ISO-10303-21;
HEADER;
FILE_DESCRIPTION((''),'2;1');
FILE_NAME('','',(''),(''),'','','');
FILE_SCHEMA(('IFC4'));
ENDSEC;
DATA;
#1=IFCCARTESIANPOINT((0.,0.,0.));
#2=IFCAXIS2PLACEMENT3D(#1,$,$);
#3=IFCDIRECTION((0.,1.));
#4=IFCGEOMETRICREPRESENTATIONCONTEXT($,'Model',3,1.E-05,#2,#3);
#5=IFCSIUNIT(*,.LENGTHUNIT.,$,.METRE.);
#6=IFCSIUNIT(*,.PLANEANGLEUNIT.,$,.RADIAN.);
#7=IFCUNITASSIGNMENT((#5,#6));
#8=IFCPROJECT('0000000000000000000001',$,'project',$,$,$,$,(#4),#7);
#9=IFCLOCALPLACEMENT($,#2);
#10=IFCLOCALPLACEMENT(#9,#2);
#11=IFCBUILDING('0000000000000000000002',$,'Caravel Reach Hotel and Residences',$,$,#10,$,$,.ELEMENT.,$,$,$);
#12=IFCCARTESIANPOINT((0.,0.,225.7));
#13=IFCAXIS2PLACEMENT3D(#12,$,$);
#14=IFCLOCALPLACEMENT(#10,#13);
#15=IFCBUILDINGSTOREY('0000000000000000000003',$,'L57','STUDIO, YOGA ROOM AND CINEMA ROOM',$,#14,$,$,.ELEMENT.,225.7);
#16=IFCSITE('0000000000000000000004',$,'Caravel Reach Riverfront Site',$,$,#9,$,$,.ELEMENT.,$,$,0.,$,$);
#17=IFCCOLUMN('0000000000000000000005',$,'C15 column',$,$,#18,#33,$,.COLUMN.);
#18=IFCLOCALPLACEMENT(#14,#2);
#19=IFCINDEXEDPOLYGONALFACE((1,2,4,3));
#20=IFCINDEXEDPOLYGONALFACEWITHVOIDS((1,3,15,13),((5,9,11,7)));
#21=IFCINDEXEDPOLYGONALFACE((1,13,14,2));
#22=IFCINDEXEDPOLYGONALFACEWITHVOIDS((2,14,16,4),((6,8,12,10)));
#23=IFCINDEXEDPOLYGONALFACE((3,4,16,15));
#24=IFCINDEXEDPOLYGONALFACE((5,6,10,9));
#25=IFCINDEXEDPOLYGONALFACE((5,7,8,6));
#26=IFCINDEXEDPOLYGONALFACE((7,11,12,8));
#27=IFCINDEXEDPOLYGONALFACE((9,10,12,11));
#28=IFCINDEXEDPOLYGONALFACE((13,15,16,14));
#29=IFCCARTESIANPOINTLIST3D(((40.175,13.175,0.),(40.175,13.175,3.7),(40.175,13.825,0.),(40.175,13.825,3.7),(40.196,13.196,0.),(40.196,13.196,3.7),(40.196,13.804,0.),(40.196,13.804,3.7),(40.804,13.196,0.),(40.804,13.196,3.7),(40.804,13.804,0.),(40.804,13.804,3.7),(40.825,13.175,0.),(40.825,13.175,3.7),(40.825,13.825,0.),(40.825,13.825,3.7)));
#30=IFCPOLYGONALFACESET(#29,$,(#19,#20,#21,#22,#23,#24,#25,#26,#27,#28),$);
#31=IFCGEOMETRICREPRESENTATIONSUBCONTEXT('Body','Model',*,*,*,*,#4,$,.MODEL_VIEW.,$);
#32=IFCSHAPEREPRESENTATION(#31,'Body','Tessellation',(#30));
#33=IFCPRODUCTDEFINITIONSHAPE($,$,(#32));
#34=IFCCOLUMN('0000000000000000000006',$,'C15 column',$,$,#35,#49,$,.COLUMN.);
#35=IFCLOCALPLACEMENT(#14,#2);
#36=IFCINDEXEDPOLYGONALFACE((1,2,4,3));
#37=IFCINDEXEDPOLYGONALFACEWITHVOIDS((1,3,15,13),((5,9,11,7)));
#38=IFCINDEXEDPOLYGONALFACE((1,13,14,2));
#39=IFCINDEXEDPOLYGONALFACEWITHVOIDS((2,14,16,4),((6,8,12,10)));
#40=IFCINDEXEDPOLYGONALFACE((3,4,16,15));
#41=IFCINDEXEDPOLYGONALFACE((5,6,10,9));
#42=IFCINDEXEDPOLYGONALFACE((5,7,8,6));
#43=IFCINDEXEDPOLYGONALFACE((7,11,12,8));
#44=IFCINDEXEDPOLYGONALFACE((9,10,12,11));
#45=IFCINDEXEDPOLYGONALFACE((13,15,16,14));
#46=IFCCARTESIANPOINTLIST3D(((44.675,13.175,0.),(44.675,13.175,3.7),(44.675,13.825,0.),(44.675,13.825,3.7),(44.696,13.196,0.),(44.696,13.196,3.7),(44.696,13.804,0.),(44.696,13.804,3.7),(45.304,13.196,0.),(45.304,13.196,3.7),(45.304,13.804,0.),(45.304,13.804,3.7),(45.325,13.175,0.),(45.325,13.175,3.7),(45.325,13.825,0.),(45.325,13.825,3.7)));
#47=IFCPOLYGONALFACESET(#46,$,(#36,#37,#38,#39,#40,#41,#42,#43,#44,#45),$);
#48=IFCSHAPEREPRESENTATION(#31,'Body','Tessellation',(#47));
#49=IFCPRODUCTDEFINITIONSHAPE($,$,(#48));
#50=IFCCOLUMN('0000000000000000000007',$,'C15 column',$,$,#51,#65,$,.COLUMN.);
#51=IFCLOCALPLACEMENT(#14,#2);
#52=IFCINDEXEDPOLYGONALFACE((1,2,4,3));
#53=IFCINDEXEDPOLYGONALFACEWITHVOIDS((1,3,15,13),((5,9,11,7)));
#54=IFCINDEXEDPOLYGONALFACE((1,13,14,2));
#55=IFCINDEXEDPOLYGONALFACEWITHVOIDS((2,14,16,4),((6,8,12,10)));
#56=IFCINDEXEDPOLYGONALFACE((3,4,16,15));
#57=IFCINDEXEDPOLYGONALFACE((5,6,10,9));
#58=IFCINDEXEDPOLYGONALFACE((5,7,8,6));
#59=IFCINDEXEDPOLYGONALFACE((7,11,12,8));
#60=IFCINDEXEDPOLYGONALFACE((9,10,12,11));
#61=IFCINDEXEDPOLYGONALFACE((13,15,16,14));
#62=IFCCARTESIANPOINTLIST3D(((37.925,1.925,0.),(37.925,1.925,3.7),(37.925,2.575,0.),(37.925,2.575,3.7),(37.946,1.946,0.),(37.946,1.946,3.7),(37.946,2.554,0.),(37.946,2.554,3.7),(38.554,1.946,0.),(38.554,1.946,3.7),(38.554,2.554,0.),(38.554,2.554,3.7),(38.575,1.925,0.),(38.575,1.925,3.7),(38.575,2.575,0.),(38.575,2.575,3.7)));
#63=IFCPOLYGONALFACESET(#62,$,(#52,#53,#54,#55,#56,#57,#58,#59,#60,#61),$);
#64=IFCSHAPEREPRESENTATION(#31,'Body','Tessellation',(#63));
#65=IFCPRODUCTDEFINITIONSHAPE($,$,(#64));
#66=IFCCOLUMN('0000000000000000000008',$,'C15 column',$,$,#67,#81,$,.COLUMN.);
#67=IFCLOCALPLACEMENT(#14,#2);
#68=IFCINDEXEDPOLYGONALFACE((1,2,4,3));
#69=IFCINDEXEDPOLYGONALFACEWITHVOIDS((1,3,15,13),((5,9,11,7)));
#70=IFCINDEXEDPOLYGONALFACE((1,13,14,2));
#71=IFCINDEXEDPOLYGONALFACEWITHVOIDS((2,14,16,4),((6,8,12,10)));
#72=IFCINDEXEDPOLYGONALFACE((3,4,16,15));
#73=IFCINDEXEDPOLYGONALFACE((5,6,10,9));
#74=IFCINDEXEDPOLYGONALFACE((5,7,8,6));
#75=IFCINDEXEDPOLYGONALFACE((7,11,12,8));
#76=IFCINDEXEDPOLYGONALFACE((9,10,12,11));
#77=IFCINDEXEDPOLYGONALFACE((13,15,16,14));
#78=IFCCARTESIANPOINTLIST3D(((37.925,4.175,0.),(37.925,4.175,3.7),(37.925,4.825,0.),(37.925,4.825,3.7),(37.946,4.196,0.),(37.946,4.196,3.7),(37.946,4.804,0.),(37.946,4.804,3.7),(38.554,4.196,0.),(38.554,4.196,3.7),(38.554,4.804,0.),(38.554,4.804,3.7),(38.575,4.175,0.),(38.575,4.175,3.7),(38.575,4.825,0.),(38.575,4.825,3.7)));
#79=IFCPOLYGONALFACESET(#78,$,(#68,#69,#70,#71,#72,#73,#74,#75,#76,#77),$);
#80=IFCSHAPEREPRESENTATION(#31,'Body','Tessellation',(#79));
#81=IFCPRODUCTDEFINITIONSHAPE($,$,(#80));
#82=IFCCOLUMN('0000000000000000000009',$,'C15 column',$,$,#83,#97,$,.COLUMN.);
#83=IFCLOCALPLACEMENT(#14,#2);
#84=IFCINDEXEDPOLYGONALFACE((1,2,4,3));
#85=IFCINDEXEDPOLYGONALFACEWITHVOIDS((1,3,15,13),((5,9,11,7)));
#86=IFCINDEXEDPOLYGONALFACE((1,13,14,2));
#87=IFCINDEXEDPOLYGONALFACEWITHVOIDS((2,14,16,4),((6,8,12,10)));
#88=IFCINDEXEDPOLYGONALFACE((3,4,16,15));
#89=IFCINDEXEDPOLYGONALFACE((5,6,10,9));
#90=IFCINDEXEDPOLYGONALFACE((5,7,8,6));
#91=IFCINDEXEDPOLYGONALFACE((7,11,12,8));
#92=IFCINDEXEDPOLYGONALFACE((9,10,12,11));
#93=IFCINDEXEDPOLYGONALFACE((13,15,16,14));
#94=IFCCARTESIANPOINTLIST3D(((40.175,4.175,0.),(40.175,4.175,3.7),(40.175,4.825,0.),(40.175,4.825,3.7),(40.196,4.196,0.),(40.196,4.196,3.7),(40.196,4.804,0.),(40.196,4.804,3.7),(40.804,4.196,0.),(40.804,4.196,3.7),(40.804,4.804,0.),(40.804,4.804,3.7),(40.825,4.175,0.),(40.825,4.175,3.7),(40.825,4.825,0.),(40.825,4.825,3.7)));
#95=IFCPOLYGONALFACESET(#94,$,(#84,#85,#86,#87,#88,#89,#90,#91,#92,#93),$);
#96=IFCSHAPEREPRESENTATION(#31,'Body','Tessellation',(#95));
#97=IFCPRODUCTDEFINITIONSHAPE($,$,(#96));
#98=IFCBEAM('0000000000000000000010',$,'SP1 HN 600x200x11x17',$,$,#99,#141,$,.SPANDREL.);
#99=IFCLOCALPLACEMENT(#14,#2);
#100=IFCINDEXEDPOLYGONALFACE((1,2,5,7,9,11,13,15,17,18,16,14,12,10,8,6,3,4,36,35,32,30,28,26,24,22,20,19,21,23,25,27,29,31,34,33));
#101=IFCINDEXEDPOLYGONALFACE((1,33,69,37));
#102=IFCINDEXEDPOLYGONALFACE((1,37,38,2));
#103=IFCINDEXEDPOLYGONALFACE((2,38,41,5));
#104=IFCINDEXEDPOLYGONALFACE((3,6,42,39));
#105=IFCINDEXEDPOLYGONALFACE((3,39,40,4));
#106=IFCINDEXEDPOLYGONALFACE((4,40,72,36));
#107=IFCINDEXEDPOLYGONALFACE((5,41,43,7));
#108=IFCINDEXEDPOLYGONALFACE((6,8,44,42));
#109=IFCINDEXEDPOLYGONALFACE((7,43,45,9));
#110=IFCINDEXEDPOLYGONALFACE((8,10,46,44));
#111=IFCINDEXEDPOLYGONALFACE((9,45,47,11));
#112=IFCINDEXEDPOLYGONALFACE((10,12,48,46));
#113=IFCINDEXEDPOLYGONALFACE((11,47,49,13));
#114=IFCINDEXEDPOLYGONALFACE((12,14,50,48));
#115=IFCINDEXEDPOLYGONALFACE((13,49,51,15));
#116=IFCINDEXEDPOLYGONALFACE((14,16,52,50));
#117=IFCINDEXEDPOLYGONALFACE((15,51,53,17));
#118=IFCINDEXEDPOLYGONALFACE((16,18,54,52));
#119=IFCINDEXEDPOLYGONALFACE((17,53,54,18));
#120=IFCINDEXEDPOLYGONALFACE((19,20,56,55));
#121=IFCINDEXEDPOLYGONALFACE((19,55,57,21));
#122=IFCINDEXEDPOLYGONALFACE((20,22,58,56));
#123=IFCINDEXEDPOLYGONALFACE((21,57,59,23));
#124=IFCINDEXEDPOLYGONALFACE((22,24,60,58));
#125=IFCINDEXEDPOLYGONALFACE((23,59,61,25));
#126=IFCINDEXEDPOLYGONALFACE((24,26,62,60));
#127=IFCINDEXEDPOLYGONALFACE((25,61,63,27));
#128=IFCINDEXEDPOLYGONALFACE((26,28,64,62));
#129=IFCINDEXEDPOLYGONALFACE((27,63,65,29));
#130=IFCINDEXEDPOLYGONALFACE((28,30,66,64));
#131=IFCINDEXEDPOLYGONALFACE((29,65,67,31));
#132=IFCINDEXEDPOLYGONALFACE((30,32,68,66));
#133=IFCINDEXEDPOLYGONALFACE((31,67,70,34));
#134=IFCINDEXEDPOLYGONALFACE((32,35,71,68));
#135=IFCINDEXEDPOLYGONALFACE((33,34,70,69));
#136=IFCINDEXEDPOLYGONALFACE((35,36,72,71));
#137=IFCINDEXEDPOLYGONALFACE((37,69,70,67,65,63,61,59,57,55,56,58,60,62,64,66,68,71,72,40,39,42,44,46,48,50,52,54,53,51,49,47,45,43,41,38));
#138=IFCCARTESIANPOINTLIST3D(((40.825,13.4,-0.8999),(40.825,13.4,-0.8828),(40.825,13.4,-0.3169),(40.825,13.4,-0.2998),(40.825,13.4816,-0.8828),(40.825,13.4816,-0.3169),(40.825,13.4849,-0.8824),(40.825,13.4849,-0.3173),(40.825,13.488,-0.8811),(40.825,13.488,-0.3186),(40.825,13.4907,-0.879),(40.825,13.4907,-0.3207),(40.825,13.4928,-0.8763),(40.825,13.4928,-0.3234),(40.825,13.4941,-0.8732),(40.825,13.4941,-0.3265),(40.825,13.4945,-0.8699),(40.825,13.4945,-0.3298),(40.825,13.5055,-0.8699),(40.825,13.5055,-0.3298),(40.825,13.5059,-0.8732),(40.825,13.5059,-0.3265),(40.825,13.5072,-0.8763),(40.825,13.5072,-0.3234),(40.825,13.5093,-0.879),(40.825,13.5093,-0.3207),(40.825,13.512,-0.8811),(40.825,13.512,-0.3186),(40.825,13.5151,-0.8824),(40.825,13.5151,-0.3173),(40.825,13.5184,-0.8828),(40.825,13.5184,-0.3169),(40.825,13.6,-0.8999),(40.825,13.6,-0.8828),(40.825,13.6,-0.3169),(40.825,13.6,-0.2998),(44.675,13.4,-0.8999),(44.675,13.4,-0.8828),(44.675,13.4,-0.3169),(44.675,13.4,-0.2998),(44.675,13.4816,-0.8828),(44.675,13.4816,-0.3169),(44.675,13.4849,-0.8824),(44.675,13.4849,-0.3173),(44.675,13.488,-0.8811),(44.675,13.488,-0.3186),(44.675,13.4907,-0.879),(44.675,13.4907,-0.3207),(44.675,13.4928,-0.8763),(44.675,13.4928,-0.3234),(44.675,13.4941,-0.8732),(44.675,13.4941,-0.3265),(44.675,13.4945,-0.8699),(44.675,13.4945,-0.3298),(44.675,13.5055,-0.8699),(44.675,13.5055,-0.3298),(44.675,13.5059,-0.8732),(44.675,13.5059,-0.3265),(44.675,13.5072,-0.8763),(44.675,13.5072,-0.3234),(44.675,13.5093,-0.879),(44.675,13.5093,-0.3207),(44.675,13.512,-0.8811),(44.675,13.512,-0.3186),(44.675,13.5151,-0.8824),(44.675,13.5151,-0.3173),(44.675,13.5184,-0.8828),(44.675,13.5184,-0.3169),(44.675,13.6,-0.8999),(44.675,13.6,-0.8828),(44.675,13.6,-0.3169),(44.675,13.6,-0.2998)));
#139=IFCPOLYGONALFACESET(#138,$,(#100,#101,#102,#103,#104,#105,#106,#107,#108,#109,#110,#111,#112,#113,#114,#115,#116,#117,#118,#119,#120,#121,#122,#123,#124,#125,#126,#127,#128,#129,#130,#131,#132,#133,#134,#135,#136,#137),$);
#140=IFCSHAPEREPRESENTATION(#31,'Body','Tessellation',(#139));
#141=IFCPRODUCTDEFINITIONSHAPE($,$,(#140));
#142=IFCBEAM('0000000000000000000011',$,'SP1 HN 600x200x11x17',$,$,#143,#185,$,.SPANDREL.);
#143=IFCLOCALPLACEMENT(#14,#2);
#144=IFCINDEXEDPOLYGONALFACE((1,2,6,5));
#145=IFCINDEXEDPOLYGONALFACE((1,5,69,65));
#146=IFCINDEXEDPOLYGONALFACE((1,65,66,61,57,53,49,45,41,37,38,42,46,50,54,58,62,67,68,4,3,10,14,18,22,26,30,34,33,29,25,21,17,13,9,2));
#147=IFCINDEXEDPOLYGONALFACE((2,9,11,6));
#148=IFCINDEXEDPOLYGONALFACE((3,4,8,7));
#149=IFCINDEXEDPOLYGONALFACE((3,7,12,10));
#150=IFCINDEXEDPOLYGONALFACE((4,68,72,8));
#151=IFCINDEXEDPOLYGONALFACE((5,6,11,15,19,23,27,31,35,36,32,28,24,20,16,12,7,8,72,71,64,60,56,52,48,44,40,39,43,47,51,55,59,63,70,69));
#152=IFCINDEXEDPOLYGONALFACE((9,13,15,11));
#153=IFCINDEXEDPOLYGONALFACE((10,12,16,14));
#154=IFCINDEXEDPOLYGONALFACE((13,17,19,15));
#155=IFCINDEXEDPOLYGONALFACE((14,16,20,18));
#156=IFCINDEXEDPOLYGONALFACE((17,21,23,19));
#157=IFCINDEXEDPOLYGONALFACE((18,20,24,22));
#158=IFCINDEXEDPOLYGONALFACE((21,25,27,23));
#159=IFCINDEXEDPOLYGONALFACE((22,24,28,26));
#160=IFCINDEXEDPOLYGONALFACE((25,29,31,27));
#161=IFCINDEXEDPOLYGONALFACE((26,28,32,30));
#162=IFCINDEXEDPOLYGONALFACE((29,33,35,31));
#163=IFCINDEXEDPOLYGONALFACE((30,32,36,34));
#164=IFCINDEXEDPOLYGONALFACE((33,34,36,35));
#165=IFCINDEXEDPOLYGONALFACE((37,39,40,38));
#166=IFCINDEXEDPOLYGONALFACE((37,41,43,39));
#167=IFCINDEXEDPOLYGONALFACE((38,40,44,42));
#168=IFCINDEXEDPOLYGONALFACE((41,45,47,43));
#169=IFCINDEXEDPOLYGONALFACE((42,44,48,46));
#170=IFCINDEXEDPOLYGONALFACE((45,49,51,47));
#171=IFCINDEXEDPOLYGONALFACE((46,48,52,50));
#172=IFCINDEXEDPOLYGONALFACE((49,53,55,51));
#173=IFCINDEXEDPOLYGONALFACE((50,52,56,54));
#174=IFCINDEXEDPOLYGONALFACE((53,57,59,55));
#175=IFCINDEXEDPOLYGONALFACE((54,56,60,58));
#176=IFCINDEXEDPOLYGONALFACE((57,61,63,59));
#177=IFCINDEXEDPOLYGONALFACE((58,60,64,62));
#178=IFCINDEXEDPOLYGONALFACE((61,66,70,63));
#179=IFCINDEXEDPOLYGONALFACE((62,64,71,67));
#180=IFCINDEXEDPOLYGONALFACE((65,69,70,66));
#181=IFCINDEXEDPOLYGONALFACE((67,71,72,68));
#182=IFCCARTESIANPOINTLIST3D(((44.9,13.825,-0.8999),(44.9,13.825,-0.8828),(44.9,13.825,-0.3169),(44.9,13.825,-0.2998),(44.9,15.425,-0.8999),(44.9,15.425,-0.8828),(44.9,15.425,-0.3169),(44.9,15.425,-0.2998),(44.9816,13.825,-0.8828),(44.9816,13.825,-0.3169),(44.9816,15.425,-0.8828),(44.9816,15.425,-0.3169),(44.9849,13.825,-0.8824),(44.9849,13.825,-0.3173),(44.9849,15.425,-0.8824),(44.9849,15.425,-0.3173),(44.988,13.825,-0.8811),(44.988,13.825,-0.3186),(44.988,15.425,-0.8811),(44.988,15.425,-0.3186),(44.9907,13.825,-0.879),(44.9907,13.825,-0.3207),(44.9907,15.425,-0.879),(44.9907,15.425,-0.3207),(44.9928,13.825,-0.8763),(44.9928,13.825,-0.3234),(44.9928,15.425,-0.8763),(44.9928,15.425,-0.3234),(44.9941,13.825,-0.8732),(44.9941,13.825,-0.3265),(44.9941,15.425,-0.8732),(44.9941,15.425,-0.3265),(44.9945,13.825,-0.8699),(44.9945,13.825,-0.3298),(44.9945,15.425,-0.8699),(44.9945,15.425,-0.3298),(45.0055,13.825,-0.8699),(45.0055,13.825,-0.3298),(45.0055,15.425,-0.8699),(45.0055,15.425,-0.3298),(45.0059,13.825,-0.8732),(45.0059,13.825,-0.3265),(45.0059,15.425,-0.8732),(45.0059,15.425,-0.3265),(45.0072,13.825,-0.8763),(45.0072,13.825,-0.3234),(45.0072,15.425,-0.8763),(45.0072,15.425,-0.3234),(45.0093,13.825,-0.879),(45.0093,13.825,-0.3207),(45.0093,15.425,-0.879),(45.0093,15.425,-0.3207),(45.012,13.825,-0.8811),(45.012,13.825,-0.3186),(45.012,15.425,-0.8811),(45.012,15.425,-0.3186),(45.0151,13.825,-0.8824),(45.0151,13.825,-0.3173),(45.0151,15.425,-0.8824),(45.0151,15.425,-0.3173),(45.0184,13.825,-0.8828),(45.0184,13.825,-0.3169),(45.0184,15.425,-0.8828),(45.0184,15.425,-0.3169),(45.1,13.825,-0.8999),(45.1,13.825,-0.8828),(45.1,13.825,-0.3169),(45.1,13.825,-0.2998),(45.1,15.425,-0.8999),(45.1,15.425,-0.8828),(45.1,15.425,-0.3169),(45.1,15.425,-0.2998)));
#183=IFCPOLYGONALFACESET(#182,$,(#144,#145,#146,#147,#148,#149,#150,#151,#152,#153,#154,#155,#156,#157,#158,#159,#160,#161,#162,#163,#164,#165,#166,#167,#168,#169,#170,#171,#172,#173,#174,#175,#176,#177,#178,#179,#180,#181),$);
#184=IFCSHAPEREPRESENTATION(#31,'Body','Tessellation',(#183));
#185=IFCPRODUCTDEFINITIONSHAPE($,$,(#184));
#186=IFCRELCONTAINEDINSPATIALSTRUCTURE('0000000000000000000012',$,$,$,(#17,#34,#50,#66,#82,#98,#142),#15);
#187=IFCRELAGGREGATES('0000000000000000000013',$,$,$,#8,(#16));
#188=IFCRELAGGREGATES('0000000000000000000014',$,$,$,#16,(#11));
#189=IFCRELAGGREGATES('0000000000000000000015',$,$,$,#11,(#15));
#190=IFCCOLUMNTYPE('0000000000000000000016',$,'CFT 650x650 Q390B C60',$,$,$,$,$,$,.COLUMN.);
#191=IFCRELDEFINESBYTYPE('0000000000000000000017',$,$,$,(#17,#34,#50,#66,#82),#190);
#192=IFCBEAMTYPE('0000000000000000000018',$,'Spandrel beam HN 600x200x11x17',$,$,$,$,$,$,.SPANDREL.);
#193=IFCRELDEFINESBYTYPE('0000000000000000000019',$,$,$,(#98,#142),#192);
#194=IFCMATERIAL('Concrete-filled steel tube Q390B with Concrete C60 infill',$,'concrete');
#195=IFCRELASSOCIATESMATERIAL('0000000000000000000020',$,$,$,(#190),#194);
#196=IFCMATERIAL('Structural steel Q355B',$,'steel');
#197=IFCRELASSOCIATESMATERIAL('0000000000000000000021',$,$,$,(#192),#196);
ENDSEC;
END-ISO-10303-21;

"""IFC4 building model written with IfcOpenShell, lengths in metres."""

from ifc_helpers import new_model, si_unit, direction, frame, origin, origin_2d, place, context, subcontext, project, spatial, hollow_rectangle, i_section, extrude, material, material_profile, profile_set, type_object, element, save


model = new_model("IFC4")

# Units and contexts
model_context = context("Model", 3, precision=1e-05, world=origin(), true_north=direction((0.0, 1.0)))
body_context = subcontext(model_context, "Body", "Model", "MODEL_VIEW")
ifc_project = project(units=[si_unit("LENGTHUNIT", "METRE"), si_unit("PLANEANGLEUNIT", "RADIAN")], contexts=[model_context])

# Site, building, storey
site_placement = place(None, origin())
site = spatial("IfcSite", under=ifc_project, at=site_placement, Name="Caravel Reach Riverfront Site", CompositionType="ELEMENT", RefElevation=0.0)
building_placement = place(site_placement, origin())
building = spatial("IfcBuilding", under=site, at=building_placement, Name="Caravel Reach Hotel and Residences", CompositionType="ELEMENT")
storey_placement = place(building_placement, frame((0.0, 0.0, 225.7)))
storey = spatial("IfcBuildingStorey", under=building, at=storey_placement, Name="L57", Description="STUDIO, YOGA ROOM AND CINEMA ROOM", CompositionType="ELEMENT", Elevation=225.7)

# Columns
ifc_material_1 = material(Name="Concrete-filled steel tube Q390B with Concrete C60 infill", Category="concrete")
ifc_material_profile_1 = material_profile(ifc_material_1, hollow_rectangle(XDim=0.6499, YDim=0.6499, WallThickness=0.021, at=origin_2d()), Name="RHS 650x650x21")
ifc_profile_set_1 = profile_set([ifc_material_profile_1], Name="Concrete-filled steel tube Q390B with Concrete C60 infill")
column_type = type_object("IfcColumnType", Name="CFT 650x650 Q390B C60", PredefinedType="COLUMN", material=ifc_profile_set_1)
for number, where, z_axis, x_axis, name in (
    (1, (40.5, 13.5, 0.0), (0.0, 0.0, 1.0), (1.0, 0.0, 0.0), "C15 column"),
    (2, (45.0, 13.5, 0.0), (0.0, 0.0, 1.0), (1.0, 0.0, 0.0), "C15 column"),
    (3, (38.25, 2.25, 0.0), (0.0, 0.0, 1.0), (1.0, 0.0, 0.0), "C15 column"),
    (4, (38.25, 4.5, 0.0), (0.0, 0.0, 1.0), (1.0, 0.0, 0.0), "C15 column"),
    (5, (40.5, 4.5, 0.0), (0.0, 0.0, 1.0), (1.0, 0.0, 0.0), "C15 column"),
):
    element("IfcColumn", number, at=place(storey_placement, frame(where, z_axis=z_axis, x_axis=x_axis)), inside=storey, type_object=column_type, Name=name, PredefinedType="COLUMN", context=body_context, shape_type="SweptSolid", body=[
        extrude(hollow_rectangle(XDim=0.6499, YDim=0.6499, WallThickness=0.021, at=origin_2d()), origin(), (0.0, 0.0, 1.0), 3.7),
    ])

# Beams
ifc_material_2 = material(Name="Structural steel Q355B", Category="steel")
ifc_material_profile_2 = material_profile(ifc_material_2, i_section(OverallWidth=0.2, OverallDepth=0.6001, WebThickness=0.011, FlangeThickness=0.0171, FilletRadius=0.0129, at=origin_2d()), Name="HN 600x200x11x17")
ifc_profile_set_2 = profile_set([ifc_material_profile_2], Name="Structural steel Q355B")
beam_type = type_object("IfcBeamType", Name="Spandrel beam HN 600x200x11x17", PredefinedType="SPANDREL", material=ifc_profile_set_2)
beam_1_placement = place(storey_placement, frame((40.825, 13.5, -0.5999), z_axis=(1.0, 0.0, 0.0), x_axis=(0.0, 1.0, 0.0)))
element("IfcBeam", 6, at=beam_1_placement, inside=storey, type_object=beam_type, Name="SP1 HN 600x200x11x17", PredefinedType="SPANDREL", context=body_context, shape_type="SweptSolid", body=[
    extrude(i_section(OverallWidth=0.2, OverallDepth=0.6001, WebThickness=0.011, FlangeThickness=0.0171, FilletRadius=0.0129, at=origin_2d()), origin(), (0.0, 0.0, 1.0), 3.8501),
])
for number, where, z_axis, x_axis, name in (
    (7, (45.0, 13.825, -0.5999), (0.0, 1.0, 0.0), (-1.0, 0.0, 0.0), "SP1 HN 600x200x11x17"),
):
    element("IfcBeam", number, at=place(storey_placement, frame(where, z_axis=z_axis, x_axis=x_axis)), inside=storey, type_object=beam_type, Name=name, PredefinedType="SPANDREL", context=body_context, shape_type="SweptSolid", body=[
        extrude(i_section(OverallWidth=0.2, OverallDepth=0.6001, WebThickness=0.011, FlangeThickness=0.0171, FilletRadius=0.0129, at=origin_2d()), origin(), (0.0, 0.0, 1.0), 1.6001),
    ])

save(model, "model.ifc")
